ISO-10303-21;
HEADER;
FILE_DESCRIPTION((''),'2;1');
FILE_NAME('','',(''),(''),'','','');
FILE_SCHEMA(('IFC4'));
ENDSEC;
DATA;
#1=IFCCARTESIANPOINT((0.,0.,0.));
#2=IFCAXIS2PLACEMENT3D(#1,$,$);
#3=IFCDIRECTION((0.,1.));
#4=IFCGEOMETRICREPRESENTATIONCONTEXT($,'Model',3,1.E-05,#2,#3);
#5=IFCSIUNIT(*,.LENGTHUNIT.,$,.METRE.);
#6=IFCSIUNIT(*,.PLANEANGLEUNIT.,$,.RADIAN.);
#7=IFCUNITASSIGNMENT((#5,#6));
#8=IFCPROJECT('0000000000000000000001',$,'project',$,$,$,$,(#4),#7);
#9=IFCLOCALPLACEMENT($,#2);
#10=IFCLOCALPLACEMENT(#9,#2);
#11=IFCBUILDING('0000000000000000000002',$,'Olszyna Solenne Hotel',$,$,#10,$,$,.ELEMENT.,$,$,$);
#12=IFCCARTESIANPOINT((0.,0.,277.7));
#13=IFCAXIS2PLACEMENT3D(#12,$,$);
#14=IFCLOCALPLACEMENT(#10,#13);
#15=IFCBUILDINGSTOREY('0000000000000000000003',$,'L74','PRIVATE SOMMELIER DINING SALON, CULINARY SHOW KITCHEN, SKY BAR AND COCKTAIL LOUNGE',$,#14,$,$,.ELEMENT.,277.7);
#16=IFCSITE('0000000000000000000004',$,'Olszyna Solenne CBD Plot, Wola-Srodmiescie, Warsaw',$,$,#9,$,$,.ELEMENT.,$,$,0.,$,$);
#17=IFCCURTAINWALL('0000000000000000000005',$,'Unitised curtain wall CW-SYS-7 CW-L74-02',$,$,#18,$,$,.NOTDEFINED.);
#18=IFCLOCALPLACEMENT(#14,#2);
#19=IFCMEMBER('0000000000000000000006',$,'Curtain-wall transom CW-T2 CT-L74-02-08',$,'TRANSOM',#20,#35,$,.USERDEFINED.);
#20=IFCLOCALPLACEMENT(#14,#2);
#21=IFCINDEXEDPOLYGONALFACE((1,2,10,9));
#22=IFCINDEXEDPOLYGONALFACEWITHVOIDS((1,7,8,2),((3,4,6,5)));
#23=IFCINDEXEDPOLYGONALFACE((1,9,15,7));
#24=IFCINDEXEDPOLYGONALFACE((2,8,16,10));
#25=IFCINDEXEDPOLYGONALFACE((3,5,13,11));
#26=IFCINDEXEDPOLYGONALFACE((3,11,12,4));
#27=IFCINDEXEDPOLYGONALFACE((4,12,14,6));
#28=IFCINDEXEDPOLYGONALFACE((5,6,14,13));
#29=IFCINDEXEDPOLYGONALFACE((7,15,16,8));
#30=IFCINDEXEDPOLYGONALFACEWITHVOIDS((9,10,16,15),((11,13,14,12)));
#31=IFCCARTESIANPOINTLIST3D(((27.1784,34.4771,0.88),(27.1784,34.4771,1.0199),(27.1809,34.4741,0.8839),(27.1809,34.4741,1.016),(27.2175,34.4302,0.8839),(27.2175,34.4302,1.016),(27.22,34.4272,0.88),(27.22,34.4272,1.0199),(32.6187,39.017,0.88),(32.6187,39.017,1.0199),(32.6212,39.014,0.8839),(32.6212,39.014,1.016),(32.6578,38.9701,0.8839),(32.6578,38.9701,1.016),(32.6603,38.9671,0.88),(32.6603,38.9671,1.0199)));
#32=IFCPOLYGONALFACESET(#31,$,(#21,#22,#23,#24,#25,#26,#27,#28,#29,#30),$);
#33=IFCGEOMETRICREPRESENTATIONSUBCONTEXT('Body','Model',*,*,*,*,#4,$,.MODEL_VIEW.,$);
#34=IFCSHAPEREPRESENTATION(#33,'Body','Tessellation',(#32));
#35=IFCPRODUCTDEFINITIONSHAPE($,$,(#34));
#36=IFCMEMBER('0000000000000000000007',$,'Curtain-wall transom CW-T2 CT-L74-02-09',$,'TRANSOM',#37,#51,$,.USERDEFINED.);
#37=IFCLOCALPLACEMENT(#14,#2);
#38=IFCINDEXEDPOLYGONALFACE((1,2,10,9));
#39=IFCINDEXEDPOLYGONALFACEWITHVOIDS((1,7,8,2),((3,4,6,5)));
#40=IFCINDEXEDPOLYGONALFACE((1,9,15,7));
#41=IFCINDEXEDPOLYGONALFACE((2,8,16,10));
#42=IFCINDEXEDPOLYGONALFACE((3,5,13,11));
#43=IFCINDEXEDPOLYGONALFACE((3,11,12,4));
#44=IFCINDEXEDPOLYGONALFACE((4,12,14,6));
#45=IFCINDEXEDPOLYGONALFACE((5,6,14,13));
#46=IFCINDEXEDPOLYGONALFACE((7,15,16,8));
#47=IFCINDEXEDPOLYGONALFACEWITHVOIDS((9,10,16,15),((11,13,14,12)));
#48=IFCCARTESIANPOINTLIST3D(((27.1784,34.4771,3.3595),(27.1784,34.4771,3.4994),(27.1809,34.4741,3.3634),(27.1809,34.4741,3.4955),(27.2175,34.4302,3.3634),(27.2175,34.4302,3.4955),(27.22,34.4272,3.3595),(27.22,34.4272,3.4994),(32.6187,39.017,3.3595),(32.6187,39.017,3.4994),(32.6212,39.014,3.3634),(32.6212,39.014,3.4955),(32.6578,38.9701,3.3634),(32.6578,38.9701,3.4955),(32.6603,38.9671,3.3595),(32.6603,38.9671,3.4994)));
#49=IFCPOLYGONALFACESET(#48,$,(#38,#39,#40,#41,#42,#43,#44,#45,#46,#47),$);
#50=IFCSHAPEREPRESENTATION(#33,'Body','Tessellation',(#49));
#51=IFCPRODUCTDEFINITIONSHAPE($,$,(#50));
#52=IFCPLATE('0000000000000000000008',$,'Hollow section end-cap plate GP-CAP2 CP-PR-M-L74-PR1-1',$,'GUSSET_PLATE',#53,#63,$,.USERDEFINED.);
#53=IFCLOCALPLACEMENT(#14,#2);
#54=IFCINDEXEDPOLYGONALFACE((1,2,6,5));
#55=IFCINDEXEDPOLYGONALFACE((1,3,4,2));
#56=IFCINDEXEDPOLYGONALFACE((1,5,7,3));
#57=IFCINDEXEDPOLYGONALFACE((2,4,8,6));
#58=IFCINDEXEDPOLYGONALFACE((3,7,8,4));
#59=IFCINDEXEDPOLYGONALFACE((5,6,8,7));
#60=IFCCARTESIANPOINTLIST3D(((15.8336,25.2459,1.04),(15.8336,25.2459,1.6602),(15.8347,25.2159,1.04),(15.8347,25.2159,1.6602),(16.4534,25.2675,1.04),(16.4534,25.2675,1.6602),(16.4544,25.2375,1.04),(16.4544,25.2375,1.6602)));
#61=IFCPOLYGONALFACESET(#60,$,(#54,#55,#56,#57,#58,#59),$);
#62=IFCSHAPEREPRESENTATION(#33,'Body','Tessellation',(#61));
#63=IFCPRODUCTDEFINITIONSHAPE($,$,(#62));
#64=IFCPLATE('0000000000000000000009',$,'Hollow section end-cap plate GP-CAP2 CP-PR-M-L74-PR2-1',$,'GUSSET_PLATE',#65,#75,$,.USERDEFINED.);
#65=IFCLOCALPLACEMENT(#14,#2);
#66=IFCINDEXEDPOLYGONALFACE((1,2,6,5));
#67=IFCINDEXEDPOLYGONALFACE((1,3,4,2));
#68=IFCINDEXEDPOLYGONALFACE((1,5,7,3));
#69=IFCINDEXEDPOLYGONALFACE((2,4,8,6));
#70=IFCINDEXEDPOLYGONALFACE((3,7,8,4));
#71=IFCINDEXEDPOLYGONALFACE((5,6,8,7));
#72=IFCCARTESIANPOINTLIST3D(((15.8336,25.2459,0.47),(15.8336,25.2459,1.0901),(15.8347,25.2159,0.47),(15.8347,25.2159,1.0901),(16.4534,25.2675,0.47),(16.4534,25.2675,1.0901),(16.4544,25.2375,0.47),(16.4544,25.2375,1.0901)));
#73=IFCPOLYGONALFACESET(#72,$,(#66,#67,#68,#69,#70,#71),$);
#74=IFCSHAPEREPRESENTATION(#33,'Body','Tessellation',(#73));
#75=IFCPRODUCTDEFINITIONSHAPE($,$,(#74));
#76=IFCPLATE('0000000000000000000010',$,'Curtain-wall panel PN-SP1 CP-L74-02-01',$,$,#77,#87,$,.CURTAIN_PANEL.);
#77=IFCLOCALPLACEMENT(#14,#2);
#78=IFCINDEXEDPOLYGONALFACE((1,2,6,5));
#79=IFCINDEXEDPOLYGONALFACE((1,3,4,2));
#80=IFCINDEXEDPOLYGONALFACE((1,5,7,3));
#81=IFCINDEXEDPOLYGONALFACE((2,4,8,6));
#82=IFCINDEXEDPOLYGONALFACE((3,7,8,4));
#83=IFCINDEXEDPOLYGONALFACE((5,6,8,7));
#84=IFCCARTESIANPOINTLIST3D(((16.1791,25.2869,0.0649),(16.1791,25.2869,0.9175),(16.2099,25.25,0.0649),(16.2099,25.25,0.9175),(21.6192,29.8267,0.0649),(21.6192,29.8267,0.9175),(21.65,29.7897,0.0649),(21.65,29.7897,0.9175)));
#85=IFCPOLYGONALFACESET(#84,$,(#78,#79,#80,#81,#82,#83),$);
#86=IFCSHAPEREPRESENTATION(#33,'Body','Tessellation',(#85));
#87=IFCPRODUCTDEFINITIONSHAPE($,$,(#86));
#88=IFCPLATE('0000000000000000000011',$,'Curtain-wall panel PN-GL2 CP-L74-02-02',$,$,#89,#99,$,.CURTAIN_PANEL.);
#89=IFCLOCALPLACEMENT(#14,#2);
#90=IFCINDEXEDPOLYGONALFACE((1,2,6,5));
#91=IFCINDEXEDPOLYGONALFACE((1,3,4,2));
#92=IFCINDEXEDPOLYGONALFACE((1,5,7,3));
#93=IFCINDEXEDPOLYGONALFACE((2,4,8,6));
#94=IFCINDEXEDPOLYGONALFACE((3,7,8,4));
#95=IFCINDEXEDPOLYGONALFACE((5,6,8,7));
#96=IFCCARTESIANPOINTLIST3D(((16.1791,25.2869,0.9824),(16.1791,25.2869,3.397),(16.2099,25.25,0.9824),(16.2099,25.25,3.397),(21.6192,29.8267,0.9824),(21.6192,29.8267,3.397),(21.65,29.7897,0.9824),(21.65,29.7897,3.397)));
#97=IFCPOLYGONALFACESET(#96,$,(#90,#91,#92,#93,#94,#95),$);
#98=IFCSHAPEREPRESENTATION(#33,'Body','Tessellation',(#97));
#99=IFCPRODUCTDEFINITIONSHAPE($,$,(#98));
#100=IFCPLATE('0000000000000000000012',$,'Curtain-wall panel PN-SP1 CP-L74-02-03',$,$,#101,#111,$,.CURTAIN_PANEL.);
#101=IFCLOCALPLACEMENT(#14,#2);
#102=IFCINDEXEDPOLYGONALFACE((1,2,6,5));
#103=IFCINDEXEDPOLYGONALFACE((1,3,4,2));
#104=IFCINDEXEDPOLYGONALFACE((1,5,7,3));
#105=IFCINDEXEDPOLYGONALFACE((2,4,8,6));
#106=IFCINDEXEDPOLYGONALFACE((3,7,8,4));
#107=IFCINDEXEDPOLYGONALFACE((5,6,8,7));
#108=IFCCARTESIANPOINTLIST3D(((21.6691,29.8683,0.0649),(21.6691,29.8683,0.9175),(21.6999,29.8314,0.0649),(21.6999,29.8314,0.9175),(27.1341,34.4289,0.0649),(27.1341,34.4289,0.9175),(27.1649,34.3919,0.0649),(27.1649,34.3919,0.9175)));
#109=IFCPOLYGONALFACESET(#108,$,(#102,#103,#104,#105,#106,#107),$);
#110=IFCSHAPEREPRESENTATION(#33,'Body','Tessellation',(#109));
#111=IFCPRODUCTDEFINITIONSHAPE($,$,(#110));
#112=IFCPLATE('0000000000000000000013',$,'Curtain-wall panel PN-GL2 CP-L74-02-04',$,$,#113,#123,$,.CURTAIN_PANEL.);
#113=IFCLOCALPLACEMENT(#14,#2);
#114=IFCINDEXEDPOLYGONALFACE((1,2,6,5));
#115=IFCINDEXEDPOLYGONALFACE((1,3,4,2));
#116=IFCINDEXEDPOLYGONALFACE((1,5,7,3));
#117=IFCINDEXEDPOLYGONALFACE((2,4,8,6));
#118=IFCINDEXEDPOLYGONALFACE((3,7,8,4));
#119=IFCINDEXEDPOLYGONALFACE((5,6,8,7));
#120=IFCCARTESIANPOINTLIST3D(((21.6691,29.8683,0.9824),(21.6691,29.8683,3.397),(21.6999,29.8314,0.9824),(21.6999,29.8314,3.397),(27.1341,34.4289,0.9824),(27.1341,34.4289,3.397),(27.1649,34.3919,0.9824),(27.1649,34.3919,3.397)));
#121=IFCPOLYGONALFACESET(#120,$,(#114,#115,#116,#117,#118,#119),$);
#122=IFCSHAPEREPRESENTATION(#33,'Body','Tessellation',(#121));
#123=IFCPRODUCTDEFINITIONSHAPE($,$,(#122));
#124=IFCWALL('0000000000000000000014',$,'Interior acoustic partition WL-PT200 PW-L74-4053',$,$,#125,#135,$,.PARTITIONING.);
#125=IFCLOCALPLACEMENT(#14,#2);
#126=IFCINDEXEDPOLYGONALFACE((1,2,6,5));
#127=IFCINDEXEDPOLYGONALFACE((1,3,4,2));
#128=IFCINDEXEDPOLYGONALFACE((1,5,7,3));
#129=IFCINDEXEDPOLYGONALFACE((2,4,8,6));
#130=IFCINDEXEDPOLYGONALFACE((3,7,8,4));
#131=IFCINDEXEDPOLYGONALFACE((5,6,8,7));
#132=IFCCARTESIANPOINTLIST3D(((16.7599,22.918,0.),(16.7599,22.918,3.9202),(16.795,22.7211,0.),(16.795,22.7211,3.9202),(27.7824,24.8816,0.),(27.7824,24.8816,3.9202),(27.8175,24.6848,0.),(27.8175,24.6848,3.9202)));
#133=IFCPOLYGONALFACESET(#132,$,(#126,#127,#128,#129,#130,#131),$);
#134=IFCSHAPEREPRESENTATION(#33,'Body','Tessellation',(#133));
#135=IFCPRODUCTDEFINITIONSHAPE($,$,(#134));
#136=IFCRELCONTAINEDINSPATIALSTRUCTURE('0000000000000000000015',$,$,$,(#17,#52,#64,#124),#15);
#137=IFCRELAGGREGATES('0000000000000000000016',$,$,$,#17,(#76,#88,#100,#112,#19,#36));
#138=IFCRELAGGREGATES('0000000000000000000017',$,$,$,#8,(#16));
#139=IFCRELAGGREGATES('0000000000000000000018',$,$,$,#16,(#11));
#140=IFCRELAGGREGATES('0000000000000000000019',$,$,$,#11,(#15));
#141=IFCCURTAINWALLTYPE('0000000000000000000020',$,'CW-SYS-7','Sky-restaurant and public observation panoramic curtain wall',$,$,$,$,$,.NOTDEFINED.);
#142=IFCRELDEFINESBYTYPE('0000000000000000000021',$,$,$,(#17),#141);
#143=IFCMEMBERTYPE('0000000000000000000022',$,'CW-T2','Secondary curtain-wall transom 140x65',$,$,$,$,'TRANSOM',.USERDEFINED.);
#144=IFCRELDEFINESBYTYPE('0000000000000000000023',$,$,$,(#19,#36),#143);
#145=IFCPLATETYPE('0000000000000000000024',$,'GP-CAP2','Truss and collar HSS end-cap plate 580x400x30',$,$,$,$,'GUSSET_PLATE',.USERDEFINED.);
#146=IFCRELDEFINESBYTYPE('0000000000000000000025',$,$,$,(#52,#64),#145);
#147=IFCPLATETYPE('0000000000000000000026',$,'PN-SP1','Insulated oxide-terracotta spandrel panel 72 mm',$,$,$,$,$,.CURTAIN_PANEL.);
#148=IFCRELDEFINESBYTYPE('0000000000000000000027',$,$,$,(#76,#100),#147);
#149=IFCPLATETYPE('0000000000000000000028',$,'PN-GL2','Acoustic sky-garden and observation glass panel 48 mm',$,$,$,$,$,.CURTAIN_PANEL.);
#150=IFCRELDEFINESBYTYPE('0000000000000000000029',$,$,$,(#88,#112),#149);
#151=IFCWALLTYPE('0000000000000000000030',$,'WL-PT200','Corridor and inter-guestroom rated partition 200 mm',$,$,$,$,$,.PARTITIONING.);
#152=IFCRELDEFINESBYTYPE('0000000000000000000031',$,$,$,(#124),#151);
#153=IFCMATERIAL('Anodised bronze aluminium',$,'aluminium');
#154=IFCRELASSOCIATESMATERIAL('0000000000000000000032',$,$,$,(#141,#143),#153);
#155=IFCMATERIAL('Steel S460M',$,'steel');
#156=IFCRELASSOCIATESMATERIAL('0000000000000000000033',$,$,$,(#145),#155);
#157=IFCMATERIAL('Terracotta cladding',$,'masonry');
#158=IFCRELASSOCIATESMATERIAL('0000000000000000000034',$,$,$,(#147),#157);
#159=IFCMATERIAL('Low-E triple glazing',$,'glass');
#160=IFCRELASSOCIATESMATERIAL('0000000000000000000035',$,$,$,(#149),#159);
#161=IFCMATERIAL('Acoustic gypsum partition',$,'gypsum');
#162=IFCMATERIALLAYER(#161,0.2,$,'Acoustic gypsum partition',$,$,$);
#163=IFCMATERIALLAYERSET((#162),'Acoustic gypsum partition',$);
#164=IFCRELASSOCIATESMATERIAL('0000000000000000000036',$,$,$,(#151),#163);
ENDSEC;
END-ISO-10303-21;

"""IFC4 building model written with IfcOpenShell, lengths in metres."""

from ifc_helpers import new_model, si_unit, direction, frame, frame_2d, origin, origin_2d, place, context, subcontext, project, spatial, rectangle, hollow_rectangle, extrude, source, transform, mapped, material, layer, layer_set, material_profile, profile_set, type_object, element, aggregate, save


model = new_model("IFC4")

# Units and contexts
model_context = context("Model", 3, precision=1e-05, world=origin(), true_north=direction((0.0, 1.0)))
body_context = subcontext(model_context, "Body", "Model", "MODEL_VIEW")
ifc_project = project(units=[si_unit("LENGTHUNIT", "METRE"), si_unit("PLANEANGLEUNIT", "RADIAN")], contexts=[model_context])

# Site, building, storey
site_placement = place(None, origin())
site = spatial("IfcSite", under=ifc_project, at=site_placement, Name="Olszyna Solenne CBD Plot, Wola-Srodmiescie, Warsaw", CompositionType="ELEMENT", RefElevation=0.0)
building_placement = place(site_placement, origin())
building = spatial("IfcBuilding", under=site, at=building_placement, Name="Olszyna Solenne Hotel", CompositionType="ELEMENT")
storey_placement = place(building_placement, frame((0.0, 0.0, 277.7)))
storey = spatial("IfcBuildingStorey", under=building, at=storey_placement, Name="L74", Description="PRIVATE SOMMELIER DINING SALON, CULINARY SHOW KITCHEN, SKY BAR AND COCKTAIL LOUNGE", CompositionType="ELEMENT", Elevation=277.7)

# Shared definitions
ifc_material_1 = material(Name="Steel S460M", Category="steel")

# Curtain wall, members
ifc_material_2 = material(Name="Anodised bronze aluminium", Category="aluminium")
curtain_wall_type = type_object("IfcCurtainWallType", Name="CW-SYS-7", Description="Sky-restaurant and public observation panoramic curtain wall", PredefinedType="NOTDEFINED", material=ifc_material_2)
curtain_wall_placement = place(storey_placement, origin())
curtain_wall = element("IfcCurtainWall", 1, at=curtain_wall_placement, inside=storey, type_object=curtain_wall_type, Name="Unitised curtain wall CW-SYS-7 CW-L74-02", PredefinedType="NOTDEFINED")
ifc_material_profile_1 = material_profile(ifc_material_2, hollow_rectangle(XDim=0.0649, YDim=0.1399, WallThickness=0.0039, at=origin_2d()), Name="TRAN 140x65x4", Category="load-bearing")
ifc_profile_set_1 = profile_set([ifc_material_profile_1], Name="Anodised bronze aluminium")
member_type_1 = type_object("IfcMemberType", Name="CW-T2", Description="Secondary curtain-wall transom 140x65", ElementType="TRANSOM", PredefinedType="USERDEFINED", material=ifc_profile_set_1)
shared_shape_1 = source(origin(), body_context, "Body", "SweptSolid", [
    extrude(hollow_rectangle(XDim=0.0649, YDim=0.1399, WallThickness=0.0039, at=origin_2d()), origin(), (0.0, 0.0, 1.0), 7.0857),
])
member_1_placement = place(storey_placement, frame((27.1992, 34.4521, 0.95), z_axis=(0.767783, 0.64071, 0.0), x_axis=(-0.64071, 0.767783, 0.0)))
member_1 = element("IfcMember", 2, at=member_1_placement, type_object=member_type_1, Name="Curtain-wall transom CW-T2 CT-L74-02-08", ObjectType="TRANSOM", PredefinedType="USERDEFINED", context=body_context, shape_type="MappedRepresentation", body=[
    mapped(shared_shape_1, transform((0.0, 0.0, 0.0), x_axis=(1.0, 0.0, 0.0), y_axis=(0.0, 1.0, 0.0), z_axis=(0.0, 0.0, 1.0), scale=1.0)),
])
member_2_placement = place(storey_placement, frame((27.1992, 34.4521, 3.4294), z_axis=(0.767783, 0.64071, 0.0), x_axis=(-0.64071, 0.767783, 0.0)))
member_2 = element("IfcMember", 3, at=member_2_placement, type_object=member_type_1, Name="Curtain-wall transom CW-T2 CT-L74-02-09", ObjectType="TRANSOM", PredefinedType="USERDEFINED", context=body_context, shape_type="MappedRepresentation", body=[
    mapped(shared_shape_1, transform((0.0, 0.0, 0.0), x_axis=(1.0, 0.0, 0.0), y_axis=(0.0, 1.0, 0.0), z_axis=(0.0, 0.0, 1.0), scale=1.0)),
])

# Plates
plate_type_1 = type_object("IfcPlateType", Name="GP-CAP2", Description="Truss and collar HSS end-cap plate 580x400x30", ElementType="GUSSET_PLATE", PredefinedType="USERDEFINED", material=ifc_material_1)
shared_shape_2 = source(origin(), body_context, "Body", "SweptSolid", [
    extrude(rectangle(XDim=0.03, YDim=0.6201, at=origin_2d()), origin(), (0.0, 0.0, 1.0), 0.6201),
])
for number, where, z_axis, x_axis, name in (
    (4, (16.144, 25.2417, 1.04), (0.0, 0.0, 1.0), (0.034899, -0.999391, 0.0), "Hollow section end-cap plate GP-CAP2 CP-PR-M-L74-PR1-1"),
    (5, (16.144, 25.2417, 0.47), (0.0, 0.0, 1.0), (0.034899, -0.999391, 0.0), "Hollow section end-cap plate GP-CAP2 CP-PR-M-L74-PR2-1"),
):
    element("IfcPlate", number, at=place(storey_placement, frame(where, z_axis=z_axis, x_axis=x_axis)), inside=storey, type_object=plate_type_1, Name=name, ObjectType="GUSSET_PLATE", PredefinedType="USERDEFINED", context=body_context, shape_type="MappedRepresentation", body=[
        mapped(shared_shape_2, transform((0.0, 0.0, 0.0), x_axis=(1.0, 0.0, 0.0), y_axis=(0.0, 1.0, 0.0), z_axis=(0.0, 0.0, 1.0), scale=1.0)),
    ])

# Plates
ifc_material_3 = material(Name="Terracotta cladding", Category="masonry")
plate_type_2 = type_object("IfcPlateType", Name="PN-SP1", Description="Insulated oxide-terracotta spandrel panel 72 mm", PredefinedType="CURTAIN_PANEL", material=ifc_material_3)
shared_shape_3 = source(origin(), body_context, "Body", "SweptSolid", [
    extrude(rectangle(XDim=7.0854, YDim=0.0481, at=origin_2d()), origin(), (0.0, 0.0, 1.0), 0.8525),
])
plate_1_placement = place(storey_placement, frame((18.9146, 27.5383, 0.0649), z_axis=(0.0, 0.0, 1.0), x_axis=(0.767779, 0.640715, 0.0)))
plate_1 = element("IfcPlate", 6, at=plate_1_placement, type_object=plate_type_2, Name="Curtain-wall panel PN-SP1 CP-L74-02-01", PredefinedType="CURTAIN_PANEL", context=body_context, shape_type="MappedRepresentation", body=[
    mapped(shared_shape_3, transform((0.0, 0.0, 0.0), x_axis=(1.0, 0.0, 0.0), y_axis=(0.0, 1.0, 0.0), z_axis=(0.0, 0.0, 1.0), scale=1.0)),
])
ifc_material_4 = material(Name="Low-E triple glazing", Category="glass")
plate_type_3 = type_object("IfcPlateType", Name="PN-GL2", Description="Acoustic sky-garden and observation glass panel 48 mm", PredefinedType="CURTAIN_PANEL", material=ifc_material_4)
shared_shape_4 = source(origin(), body_context, "Body", "SweptSolid", [
    extrude(rectangle(XDim=7.0854, YDim=0.0481, at=origin_2d()), origin(), (0.0, 0.0, 1.0), 2.4146),
])
plate_2_placement = place(storey_placement, frame((18.9146, 27.5383, 0.9824), z_axis=(0.0, 0.0, 1.0), x_axis=(0.767779, 0.640715, 0.0)))
plate_2 = element("IfcPlate", 7, at=plate_2_placement, type_object=plate_type_3, Name="Curtain-wall panel PN-GL2 CP-L74-02-02", PredefinedType="CURTAIN_PANEL", context=body_context, shape_type="MappedRepresentation", body=[
    mapped(shared_shape_4, transform((0.0, 0.0, 0.0), x_axis=(1.0, 0.0, 0.0), y_axis=(0.0, 1.0, 0.0), z_axis=(0.0, 0.0, 1.0), scale=1.0)),
])
shared_shape_5 = source(origin(), body_context, "Body", "SweptSolid", [
    extrude(rectangle(XDim=7.1179, YDim=0.0481, at=origin_2d()), origin(), (0.0, 0.0, 1.0), 0.8525),
])
plate_3_placement = place(storey_placement, frame((24.417, 32.1301, 0.0649), z_axis=(0.0, 0.0, 1.0), x_axis=(0.767779, 0.640715, 0.0)))
plate_3 = element("IfcPlate", 8, at=plate_3_placement, type_object=plate_type_2, Name="Curtain-wall panel PN-SP1 CP-L74-02-03", PredefinedType="CURTAIN_PANEL", context=body_context, shape_type="MappedRepresentation", body=[
    mapped(shared_shape_5, transform((0.0, 0.0, 0.0), x_axis=(1.0, 0.0, 0.0), y_axis=(0.0, 1.0, 0.0), z_axis=(0.0, 0.0, 1.0), scale=1.0)),
])
shared_shape_6 = source(origin(), body_context, "Body", "SweptSolid", [
    extrude(rectangle(XDim=7.1179, YDim=0.0481, at=origin_2d()), origin(), (0.0, 0.0, 1.0), 2.4146),
])
plate_4_placement = place(storey_placement, frame((24.417, 32.1301, 0.9824), z_axis=(0.0, 0.0, 1.0), x_axis=(0.767779, 0.640715, 0.0)))
plate_4 = element("IfcPlate", 9, at=plate_4_placement, type_object=plate_type_3, Name="Curtain-wall panel PN-GL2 CP-L74-02-04", PredefinedType="CURTAIN_PANEL", context=body_context, shape_type="MappedRepresentation", body=[
    mapped(shared_shape_6, transform((0.0, 0.0, 0.0), x_axis=(1.0, 0.0, 0.0), y_axis=(0.0, 1.0, 0.0), z_axis=(0.0, 0.0, 1.0), scale=1.0)),
])
aggregate(curtain_wall, [plate_1, plate_2, plate_3, plate_4, member_1, member_2])

# Wall
ifc_material_5 = material(Name="Acoustic gypsum partition", Category="gypsum")
ifc_layer = layer(ifc_material_5, 0.2, Name="Acoustic gypsum partition")
ifc_layer_set = layer_set([ifc_layer], Name="Acoustic gypsum partition")
wall_type = type_object("IfcWallType", Name="WL-PT200", Description="Corridor and inter-guestroom rated partition 200 mm", PredefinedType="PARTITIONING", material=ifc_layer_set)
wall_placement = place(storey_placement, frame((27.8, 24.7832, 0.0), z_axis=(0.0, 0.0, 1.0), x_axis=(-0.9845, -0.175386, 0.0)))
element("IfcWall", 10, at=wall_placement, inside=storey, type_object=wall_type, Name="Interior acoustic partition WL-PT200 PW-L74-4053", PredefinedType="PARTITIONING", context=body_context, shape_type="SweptSolid", body=[
    extrude(rectangle(XDim=11.196, YDim=0.2, at=frame_2d((5.5981, 0.0))), origin(), (0.0, 0.0, 1.0), 3.9202),
])

save(model, "model.ifc")
